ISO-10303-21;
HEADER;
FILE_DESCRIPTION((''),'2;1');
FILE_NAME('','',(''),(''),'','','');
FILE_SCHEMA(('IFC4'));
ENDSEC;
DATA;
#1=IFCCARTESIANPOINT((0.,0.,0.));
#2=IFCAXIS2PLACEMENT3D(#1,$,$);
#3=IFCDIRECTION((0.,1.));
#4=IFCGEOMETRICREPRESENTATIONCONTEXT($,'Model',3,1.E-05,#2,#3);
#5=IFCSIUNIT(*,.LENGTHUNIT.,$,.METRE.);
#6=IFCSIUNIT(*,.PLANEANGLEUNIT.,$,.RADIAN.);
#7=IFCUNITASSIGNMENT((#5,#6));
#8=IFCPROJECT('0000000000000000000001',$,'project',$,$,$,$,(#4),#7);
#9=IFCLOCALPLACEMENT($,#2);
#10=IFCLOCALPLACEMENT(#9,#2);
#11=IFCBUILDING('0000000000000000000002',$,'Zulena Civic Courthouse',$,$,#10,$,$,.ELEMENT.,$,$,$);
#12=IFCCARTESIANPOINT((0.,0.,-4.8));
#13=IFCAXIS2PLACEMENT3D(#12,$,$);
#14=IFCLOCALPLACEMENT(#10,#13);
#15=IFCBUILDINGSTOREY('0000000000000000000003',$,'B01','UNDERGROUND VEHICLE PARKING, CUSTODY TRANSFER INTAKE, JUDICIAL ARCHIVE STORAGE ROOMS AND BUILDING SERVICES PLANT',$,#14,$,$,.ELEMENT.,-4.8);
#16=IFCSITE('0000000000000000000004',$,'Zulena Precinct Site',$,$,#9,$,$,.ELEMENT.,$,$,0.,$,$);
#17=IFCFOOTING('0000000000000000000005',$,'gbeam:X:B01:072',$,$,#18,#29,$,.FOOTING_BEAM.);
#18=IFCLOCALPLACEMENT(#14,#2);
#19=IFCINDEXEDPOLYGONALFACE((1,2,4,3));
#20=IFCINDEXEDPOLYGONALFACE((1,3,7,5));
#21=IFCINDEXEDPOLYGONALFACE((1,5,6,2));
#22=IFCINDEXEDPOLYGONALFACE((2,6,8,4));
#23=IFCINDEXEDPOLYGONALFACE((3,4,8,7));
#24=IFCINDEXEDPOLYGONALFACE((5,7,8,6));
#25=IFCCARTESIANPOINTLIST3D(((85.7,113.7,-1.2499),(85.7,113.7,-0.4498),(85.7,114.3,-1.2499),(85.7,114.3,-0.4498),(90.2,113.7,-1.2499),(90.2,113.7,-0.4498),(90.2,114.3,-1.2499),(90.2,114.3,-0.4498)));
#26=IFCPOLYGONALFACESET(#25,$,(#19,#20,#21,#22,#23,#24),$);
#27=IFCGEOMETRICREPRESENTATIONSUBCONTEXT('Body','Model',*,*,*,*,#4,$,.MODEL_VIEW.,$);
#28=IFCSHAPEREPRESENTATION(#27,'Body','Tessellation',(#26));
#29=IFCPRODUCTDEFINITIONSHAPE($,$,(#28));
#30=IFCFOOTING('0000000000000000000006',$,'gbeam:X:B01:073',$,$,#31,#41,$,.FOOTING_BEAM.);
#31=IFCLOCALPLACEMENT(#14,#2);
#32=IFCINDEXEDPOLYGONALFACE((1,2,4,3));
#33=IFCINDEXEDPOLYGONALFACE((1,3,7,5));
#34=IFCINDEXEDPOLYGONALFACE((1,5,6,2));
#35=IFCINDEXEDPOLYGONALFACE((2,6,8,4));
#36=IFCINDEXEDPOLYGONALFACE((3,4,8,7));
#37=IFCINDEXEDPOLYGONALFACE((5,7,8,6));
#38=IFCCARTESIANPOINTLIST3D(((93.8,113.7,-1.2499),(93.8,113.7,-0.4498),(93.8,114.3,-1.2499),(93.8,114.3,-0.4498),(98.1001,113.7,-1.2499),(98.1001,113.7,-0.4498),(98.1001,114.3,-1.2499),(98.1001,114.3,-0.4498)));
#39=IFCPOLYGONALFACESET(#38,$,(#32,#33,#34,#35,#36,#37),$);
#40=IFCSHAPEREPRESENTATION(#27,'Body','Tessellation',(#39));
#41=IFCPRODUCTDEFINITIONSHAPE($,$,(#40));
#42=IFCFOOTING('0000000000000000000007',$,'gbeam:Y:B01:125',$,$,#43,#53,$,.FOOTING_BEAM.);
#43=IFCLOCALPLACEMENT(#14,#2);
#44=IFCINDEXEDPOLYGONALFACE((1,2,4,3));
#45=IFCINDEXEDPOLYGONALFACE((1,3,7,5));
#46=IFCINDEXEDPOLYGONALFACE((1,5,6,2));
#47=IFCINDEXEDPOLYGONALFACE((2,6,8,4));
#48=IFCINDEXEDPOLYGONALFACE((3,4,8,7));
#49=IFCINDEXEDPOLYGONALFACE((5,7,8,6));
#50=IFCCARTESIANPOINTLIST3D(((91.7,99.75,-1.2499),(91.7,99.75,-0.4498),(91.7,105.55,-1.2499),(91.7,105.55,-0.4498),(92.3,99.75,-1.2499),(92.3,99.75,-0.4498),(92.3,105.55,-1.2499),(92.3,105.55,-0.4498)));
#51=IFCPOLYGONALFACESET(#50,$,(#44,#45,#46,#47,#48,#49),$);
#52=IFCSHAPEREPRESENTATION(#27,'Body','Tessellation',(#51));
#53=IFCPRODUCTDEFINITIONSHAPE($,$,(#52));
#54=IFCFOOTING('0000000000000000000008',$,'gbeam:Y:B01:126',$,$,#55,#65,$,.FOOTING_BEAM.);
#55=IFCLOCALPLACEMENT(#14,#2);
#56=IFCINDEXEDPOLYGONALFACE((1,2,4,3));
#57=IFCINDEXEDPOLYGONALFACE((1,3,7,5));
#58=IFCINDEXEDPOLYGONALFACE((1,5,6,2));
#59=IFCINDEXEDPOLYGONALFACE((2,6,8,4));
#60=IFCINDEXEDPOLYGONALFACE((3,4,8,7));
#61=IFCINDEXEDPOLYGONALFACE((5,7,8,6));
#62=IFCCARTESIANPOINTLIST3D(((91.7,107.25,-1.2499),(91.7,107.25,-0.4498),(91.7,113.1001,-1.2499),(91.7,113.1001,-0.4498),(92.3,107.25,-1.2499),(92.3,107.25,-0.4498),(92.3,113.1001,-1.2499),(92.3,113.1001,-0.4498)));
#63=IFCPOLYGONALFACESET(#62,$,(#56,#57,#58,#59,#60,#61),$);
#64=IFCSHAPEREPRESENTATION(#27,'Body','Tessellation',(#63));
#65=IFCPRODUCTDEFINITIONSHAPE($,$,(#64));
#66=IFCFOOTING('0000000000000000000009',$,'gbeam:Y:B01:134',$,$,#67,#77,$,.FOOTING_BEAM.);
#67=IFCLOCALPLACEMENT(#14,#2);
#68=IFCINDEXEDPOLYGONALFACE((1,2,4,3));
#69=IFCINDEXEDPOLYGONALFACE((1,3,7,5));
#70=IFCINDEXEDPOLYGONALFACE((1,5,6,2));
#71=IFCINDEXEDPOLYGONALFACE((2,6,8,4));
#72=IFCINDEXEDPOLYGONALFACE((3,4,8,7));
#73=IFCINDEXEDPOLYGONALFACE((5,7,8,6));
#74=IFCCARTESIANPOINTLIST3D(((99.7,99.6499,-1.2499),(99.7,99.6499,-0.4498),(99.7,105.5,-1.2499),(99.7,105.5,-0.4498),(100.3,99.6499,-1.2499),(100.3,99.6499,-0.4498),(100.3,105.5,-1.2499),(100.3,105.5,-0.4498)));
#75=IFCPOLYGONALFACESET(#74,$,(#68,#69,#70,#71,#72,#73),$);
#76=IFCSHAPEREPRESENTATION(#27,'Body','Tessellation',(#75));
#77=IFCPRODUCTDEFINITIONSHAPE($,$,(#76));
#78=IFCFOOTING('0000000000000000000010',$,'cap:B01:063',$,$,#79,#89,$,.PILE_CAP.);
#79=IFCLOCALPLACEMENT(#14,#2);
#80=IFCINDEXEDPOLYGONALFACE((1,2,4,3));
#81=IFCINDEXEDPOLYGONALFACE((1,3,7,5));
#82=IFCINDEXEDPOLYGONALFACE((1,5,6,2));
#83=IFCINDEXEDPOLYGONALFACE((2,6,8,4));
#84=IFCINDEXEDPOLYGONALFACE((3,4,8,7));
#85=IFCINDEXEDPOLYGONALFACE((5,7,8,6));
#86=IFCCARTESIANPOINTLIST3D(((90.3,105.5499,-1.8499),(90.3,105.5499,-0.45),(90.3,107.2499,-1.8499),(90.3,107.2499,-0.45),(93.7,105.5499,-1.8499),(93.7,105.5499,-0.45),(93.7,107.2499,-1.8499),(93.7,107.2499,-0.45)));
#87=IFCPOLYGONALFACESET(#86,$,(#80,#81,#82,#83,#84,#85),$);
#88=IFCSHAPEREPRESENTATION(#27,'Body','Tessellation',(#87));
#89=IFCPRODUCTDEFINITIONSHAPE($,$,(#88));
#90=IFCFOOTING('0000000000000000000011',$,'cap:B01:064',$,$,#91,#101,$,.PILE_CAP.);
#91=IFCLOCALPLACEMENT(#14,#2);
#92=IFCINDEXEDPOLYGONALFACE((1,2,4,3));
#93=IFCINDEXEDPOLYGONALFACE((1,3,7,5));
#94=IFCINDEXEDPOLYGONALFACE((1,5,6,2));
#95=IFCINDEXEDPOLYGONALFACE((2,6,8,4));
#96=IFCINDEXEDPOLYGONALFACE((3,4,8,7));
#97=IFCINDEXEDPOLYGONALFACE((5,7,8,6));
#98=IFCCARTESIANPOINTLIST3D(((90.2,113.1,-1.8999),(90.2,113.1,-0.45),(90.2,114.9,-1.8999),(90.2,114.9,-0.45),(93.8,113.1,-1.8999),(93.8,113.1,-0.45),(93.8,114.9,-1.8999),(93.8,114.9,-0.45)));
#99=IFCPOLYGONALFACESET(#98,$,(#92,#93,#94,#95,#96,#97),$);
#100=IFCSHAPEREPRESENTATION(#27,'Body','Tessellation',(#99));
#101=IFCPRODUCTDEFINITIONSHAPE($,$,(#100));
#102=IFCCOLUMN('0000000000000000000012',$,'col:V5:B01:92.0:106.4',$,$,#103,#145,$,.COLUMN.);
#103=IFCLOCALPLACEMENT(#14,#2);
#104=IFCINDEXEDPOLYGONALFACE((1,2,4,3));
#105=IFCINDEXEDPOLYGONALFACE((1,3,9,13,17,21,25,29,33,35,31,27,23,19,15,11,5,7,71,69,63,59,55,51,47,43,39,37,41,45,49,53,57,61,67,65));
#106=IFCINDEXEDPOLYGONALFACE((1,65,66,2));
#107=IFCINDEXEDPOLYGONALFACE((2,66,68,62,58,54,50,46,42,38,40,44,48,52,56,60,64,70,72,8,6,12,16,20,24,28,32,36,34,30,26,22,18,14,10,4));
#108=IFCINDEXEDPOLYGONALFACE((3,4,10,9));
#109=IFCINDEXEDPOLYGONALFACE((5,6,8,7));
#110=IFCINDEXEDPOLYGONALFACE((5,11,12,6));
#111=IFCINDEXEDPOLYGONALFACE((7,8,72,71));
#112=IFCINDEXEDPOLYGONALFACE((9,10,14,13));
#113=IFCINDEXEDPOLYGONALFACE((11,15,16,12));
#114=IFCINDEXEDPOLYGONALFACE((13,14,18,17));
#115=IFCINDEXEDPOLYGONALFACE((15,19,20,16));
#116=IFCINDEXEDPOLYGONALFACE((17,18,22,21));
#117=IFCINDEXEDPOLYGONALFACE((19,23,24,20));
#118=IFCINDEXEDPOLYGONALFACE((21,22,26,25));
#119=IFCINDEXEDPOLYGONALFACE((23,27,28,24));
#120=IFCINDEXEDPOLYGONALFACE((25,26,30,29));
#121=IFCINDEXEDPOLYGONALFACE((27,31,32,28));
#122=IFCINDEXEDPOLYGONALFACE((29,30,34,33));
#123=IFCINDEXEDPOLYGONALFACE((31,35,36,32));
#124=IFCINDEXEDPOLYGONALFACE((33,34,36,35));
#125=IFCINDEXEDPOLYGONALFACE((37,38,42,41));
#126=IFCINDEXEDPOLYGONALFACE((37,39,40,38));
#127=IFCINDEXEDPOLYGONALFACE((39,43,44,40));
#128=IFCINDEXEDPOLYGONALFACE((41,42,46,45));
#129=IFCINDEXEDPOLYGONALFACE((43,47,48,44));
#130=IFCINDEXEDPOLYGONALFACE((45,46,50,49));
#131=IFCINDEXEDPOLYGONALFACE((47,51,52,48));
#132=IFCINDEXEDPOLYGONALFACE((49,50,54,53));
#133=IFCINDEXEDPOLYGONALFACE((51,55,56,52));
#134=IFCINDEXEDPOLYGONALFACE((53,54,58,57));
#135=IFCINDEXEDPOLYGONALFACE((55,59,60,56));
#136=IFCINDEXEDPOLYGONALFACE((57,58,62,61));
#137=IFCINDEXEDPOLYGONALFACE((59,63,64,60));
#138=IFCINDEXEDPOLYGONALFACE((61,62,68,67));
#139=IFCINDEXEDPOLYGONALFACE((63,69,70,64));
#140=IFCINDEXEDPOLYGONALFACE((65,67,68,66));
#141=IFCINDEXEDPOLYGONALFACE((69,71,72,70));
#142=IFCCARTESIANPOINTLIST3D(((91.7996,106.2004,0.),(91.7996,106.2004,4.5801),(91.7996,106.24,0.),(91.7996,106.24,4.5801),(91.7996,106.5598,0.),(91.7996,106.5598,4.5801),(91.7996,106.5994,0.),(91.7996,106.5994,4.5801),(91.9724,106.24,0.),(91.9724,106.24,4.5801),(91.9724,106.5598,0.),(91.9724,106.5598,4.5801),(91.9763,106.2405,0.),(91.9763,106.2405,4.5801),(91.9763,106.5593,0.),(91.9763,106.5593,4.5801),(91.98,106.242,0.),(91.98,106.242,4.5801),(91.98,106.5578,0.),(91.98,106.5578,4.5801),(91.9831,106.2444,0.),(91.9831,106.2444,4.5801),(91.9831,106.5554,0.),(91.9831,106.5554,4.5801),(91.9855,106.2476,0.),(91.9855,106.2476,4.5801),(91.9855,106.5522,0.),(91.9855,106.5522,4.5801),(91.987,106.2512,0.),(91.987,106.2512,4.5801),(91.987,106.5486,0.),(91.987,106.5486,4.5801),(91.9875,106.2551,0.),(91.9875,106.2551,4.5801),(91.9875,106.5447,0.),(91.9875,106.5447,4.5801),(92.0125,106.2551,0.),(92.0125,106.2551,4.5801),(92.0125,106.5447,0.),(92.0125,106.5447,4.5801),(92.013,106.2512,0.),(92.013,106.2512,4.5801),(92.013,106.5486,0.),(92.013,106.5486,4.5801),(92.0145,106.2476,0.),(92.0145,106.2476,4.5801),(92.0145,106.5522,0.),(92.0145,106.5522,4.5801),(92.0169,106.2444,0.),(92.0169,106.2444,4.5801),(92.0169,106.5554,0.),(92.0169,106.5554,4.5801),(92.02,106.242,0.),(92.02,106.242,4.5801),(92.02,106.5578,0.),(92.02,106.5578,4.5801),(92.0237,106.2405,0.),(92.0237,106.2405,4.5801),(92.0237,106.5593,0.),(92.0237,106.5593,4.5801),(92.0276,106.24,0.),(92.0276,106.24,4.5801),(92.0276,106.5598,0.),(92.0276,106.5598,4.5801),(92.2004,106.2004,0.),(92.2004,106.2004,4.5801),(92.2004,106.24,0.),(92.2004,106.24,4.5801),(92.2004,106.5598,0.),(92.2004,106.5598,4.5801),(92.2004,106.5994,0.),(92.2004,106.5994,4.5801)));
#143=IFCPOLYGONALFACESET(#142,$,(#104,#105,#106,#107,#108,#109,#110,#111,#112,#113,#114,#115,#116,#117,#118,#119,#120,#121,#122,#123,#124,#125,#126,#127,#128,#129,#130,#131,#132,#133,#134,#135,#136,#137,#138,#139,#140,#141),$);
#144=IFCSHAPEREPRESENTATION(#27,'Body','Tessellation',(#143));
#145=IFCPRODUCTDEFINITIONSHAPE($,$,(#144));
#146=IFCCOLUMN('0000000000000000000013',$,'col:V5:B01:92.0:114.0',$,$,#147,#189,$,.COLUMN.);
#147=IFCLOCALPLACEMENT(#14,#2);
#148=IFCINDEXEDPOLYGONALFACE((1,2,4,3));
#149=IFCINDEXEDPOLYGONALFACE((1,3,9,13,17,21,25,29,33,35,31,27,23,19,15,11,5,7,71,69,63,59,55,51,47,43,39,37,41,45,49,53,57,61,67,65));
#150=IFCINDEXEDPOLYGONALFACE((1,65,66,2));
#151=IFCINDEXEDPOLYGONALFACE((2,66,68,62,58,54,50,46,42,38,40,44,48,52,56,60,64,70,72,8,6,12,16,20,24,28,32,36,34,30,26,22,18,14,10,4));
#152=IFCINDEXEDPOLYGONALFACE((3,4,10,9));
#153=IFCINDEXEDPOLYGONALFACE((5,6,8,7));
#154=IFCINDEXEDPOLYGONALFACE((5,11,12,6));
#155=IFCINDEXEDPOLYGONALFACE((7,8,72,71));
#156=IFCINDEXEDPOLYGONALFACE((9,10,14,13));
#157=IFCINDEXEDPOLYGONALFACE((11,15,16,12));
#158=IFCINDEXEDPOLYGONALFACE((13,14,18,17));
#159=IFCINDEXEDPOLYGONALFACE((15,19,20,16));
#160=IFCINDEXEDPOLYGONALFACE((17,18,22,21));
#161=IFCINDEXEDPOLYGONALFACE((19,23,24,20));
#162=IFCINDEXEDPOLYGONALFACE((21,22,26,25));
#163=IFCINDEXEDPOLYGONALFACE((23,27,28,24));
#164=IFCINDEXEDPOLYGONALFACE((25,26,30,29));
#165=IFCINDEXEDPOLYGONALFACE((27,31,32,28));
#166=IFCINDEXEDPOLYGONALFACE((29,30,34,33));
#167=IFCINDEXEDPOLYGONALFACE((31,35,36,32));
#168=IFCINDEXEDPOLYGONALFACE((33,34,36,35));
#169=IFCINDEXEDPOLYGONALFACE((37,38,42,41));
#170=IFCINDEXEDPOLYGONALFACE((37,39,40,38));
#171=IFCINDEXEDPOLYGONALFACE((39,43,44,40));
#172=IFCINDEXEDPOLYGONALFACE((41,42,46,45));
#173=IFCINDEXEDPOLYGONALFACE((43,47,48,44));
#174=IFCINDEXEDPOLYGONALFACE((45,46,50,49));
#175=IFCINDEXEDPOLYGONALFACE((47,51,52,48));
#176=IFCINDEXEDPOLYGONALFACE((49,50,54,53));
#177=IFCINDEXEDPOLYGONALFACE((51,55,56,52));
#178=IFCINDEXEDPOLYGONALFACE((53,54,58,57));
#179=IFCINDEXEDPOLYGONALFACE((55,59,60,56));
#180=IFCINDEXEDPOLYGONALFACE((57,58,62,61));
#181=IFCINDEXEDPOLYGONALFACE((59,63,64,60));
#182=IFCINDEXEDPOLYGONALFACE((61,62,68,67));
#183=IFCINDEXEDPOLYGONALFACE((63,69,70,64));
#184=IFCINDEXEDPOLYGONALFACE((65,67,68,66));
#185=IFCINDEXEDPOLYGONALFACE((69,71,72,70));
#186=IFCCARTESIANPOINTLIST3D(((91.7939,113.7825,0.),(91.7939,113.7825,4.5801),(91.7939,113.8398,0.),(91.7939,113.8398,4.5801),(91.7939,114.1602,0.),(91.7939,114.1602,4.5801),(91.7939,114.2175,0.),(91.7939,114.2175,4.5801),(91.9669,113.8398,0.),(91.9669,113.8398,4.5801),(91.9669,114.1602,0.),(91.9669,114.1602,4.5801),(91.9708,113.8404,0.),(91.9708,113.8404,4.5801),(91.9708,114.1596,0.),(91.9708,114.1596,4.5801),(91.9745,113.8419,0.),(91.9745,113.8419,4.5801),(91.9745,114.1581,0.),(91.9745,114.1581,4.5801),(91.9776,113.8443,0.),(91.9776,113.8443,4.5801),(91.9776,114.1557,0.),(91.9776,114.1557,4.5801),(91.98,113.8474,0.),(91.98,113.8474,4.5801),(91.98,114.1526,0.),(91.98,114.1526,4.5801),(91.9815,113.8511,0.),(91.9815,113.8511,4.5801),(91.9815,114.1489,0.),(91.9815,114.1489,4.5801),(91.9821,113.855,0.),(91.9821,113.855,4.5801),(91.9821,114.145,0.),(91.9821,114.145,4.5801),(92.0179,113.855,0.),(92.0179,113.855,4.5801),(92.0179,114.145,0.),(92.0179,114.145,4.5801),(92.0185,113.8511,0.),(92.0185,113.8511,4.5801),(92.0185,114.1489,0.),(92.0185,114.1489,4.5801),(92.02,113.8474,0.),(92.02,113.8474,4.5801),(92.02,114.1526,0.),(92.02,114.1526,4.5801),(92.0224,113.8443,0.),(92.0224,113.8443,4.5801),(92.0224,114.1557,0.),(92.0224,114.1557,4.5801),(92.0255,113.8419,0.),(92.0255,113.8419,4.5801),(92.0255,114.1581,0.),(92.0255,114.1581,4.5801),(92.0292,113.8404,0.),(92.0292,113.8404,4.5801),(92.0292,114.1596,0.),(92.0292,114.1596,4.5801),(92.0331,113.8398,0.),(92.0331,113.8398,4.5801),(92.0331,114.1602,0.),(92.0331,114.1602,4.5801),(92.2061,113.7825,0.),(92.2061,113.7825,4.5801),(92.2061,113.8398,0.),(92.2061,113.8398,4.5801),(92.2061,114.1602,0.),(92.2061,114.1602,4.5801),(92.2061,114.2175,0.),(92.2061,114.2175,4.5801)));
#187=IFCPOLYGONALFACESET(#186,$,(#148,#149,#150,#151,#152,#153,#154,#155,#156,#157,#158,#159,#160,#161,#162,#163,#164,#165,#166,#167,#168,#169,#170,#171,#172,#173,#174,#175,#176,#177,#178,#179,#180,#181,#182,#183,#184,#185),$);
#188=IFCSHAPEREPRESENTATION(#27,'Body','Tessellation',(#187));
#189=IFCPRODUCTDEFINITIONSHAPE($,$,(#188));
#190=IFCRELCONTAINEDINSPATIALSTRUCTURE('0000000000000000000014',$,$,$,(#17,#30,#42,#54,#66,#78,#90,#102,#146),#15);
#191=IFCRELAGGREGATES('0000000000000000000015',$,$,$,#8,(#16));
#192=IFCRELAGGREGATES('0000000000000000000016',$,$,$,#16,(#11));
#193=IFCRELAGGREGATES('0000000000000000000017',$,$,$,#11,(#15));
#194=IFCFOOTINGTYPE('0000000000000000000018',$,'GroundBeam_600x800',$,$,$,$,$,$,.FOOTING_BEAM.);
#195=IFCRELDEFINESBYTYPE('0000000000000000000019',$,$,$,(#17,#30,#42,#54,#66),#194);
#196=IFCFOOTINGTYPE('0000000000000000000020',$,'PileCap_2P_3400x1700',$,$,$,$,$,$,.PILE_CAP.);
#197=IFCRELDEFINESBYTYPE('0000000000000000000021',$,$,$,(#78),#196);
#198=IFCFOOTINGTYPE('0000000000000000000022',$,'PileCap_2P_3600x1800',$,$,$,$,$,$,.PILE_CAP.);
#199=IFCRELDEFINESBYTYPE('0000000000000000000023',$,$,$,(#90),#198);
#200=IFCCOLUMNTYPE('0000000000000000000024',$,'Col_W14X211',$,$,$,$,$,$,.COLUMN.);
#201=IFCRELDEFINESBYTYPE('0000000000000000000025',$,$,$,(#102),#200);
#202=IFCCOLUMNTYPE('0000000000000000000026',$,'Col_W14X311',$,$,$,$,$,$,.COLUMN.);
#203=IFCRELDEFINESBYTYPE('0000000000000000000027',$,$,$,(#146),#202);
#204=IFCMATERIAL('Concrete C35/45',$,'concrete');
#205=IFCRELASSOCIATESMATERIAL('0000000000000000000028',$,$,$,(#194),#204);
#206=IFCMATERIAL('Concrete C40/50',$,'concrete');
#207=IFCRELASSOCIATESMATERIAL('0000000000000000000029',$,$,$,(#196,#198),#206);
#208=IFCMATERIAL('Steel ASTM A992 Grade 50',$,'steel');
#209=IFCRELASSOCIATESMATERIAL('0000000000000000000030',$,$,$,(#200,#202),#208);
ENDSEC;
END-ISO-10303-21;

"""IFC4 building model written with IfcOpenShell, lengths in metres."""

from ifc_helpers import new_model, si_unit, direction, frame, origin, origin_2d, place, context, subcontext, project, spatial, rectangle, i_section, extrude, material, material_profile, profile_set, type_object, element, save


model = new_model("IFC4")

# Units and contexts
model_context = context("Model", 3, precision=1e-05, world=origin(), true_north=direction((0.0, 1.0)))
body_context = subcontext(model_context, "Body", "Model", "MODEL_VIEW")
ifc_project = project(units=[si_unit("LENGTHUNIT", "METRE"), si_unit("PLANEANGLEUNIT", "RADIAN")], contexts=[model_context])

# Site, building, storey
site_placement = place(None, origin())
site = spatial("IfcSite", under=ifc_project, at=site_placement, Name="Zulena Precinct Site", CompositionType="ELEMENT", RefElevation=0.0)
building_placement = place(site_placement, origin())
building = spatial("IfcBuilding", under=site, at=building_placement, Name="Zulena Civic Courthouse", CompositionType="ELEMENT")
storey_placement = place(building_placement, frame((0.0, 0.0, -4.8)))
storey = spatial("IfcBuildingStorey", under=building, at=storey_placement, Name="B01", Description="UNDERGROUND VEHICLE PARKING, CUSTODY TRANSFER INTAKE, JUDICIAL ARCHIVE STORAGE ROOMS AND BUILDING SERVICES PLANT", CompositionType="ELEMENT", Elevation=-4.8)

# Shared definitions
ifc_material_1 = material(Name="Concrete C40/50", Category="concrete")

# Footings
ifc_material_2 = material(Name="Concrete C35/45", Category="concrete")
ifc_material_profile_1 = material_profile(ifc_material_2, rectangle(XDim=0.6001, YDim=0.8, at=origin_2d()), Name="RC600X800")
ifc_profile_set_1 = profile_set([ifc_material_profile_1], Name="Concrete C35/45")
footing_type_1 = type_object("IfcFootingType", Name="GroundBeam_600x800", PredefinedType="FOOTING_BEAM", material=ifc_profile_set_1)
for number, where, z_axis, x_axis, name in (
    (1, (85.7, 114.0, -0.8499), (1.0, 0.0, 0.0), (0.0, 1.0, 0.0), "gbeam:X:B01:072"),
):
    element("IfcFooting", number, at=place(storey_placement, frame(where, z_axis=z_axis, x_axis=x_axis)), inside=storey, type_object=footing_type_1, Name=name, PredefinedType="FOOTING_BEAM", context=body_context, shape_type="SweptSolid", body=[
        extrude(rectangle(XDim=0.6001, YDim=0.8, at=origin_2d()), origin(), (0.0, 0.0, 1.0), 4.5),
    ])
footing_1_placement = place(storey_placement, frame((93.8, 114.0, -0.8499), z_axis=(1.0, 0.0, 0.0), x_axis=(0.0, 1.0, 0.0)))
element("IfcFooting", 2, at=footing_1_placement, inside=storey, type_object=footing_type_1, Name="gbeam:X:B01:073", PredefinedType="FOOTING_BEAM", context=body_context, shape_type="SweptSolid", body=[
    extrude(rectangle(XDim=0.6001, YDim=0.8, at=origin_2d()), origin(), (0.0, 0.0, 1.0), 4.3),
])
footing_2_placement = place(storey_placement, frame((92.0, 99.75, -0.8499), z_axis=(0.0, 1.0, 0.0), x_axis=(-1.0, 0.0, 0.0)))
element("IfcFooting", 3, at=footing_2_placement, inside=storey, type_object=footing_type_1, Name="gbeam:Y:B01:125", PredefinedType="FOOTING_BEAM", context=body_context, shape_type="SweptSolid", body=[
    extrude(rectangle(XDim=0.6001, YDim=0.8, at=origin_2d()), origin(), (0.0, 0.0, 1.0), 5.8),
])
for number, where, z_axis, x_axis, name in (
    (4, (92.0, 107.25, -0.8499), (0.0, 1.0, 0.0), (-1.0, 0.0, 0.0), "gbeam:Y:B01:126"),
    (5, (100.0, 99.6499, -0.8499), (0.0, 1.0, 0.0), (-1.0, 0.0, 0.0), "gbeam:Y:B01:134"),
):
    element("IfcFooting", number, at=place(storey_placement, frame(where, z_axis=z_axis, x_axis=x_axis)), inside=storey, type_object=footing_type_1, Name=name, PredefinedType="FOOTING_BEAM", context=body_context, shape_type="SweptSolid", body=[
        extrude(rectangle(XDim=0.6001, YDim=0.8, at=origin_2d()), origin(), (0.0, 0.0, 1.0), 5.8501),
    ])
footing_type_2 = type_object("IfcFootingType", Name="PileCap_2P_3400x1700", PredefinedType="PILE_CAP", material=ifc_material_1)
footing_3_placement = place(storey_placement, frame((92.0, 106.3999, -1.8499), z_axis=(0.0, 0.0, 1.0), x_axis=(1.0, 0.0, 0.0)))
element("IfcFooting", 6, at=footing_3_placement, inside=storey, type_object=footing_type_2, Name="cap:B01:063", PredefinedType="PILE_CAP", context=body_context, shape_type="SweptSolid", body=[
    extrude(rectangle(XDim=3.3999, YDim=1.7, at=origin_2d()), origin(), (0.0, 0.0, 1.0), 1.3999),
])
footing_type_3 = type_object("IfcFootingType", Name="PileCap_2P_3600x1800", PredefinedType="PILE_CAP", material=ifc_material_1)
footing_4_placement = place(storey_placement, frame((92.0, 114.0, -1.8999), z_axis=(0.0, 0.0, 1.0), x_axis=(1.0, 0.0, 0.0)))
element("IfcFooting", 7, at=footing_4_placement, inside=storey, type_object=footing_type_3, Name="cap:B01:064", PredefinedType="PILE_CAP", context=body_context, shape_type="SweptSolid", body=[
    extrude(rectangle(XDim=3.6001, YDim=1.8, at=origin_2d()), origin(), (0.0, 0.0, 1.0), 1.45),
])

# Columns
ifc_material_3 = material(Name="Steel ASTM A992 Grade 50", Category="steel")
ifc_material_profile_2 = material_profile(ifc_material_3, i_section(OverallWidth=0.4009, OverallDepth=0.3989, WebThickness=0.0249, FlangeThickness=0.0396, FilletRadius=0.0151, at=origin_2d()), Name="W14X211")
ifc_profile_set_2 = profile_set([ifc_material_profile_2], Name="Steel ASTM A992 Grade 50")
column_type_1 = type_object("IfcColumnType", Name="Col_W14X211", PredefinedType="COLUMN", material=ifc_profile_set_2)
column_1_placement = place(storey_placement, frame((92.0, 106.3999, 0.0), z_axis=(0.0, 0.0, 1.0), x_axis=(1.0, 0.0, 0.0)))
element("IfcColumn", 8, at=column_1_placement, inside=storey, type_object=column_type_1, Name="col:V5:B01:92.0:106.4", PredefinedType="COLUMN", context=body_context, shape_type="SweptSolid", body=[
    extrude(i_section(OverallWidth=0.4009, OverallDepth=0.3989, WebThickness=0.0249, FlangeThickness=0.0396, FilletRadius=0.0151, at=origin_2d()), origin(), (0.0, 0.0, 1.0), 4.5801),
])
ifc_material_profile_3 = material_profile(ifc_material_3, i_section(OverallWidth=0.4121, OverallDepth=0.4351, WebThickness=0.0359, FlangeThickness=0.0574, FilletRadius=0.0151, at=origin_2d()), Name="W14X311")
ifc_profile_set_3 = profile_set([ifc_material_profile_3], Name="Steel ASTM A992 Grade 50")
column_type_2 = type_object("IfcColumnType", Name="Col_W14X311", PredefinedType="COLUMN", material=ifc_profile_set_3)
column_2_placement = place(storey_placement, frame((92.0, 114.0, 0.0), z_axis=(0.0, 0.0, 1.0), x_axis=(1.0, 0.0, 0.0)))
element("IfcColumn", 9, at=column_2_placement, inside=storey, type_object=column_type_2, Name="col:V5:B01:92.0:114.0", PredefinedType="COLUMN", context=body_context, shape_type="SweptSolid", body=[
    extrude(i_section(OverallWidth=0.4121, OverallDepth=0.4351, WebThickness=0.0359, FlangeThickness=0.0574, FilletRadius=0.0151, at=origin_2d()), origin(), (0.0, 0.0, 1.0), 4.5801),
])

save(model, "model.ifc")
